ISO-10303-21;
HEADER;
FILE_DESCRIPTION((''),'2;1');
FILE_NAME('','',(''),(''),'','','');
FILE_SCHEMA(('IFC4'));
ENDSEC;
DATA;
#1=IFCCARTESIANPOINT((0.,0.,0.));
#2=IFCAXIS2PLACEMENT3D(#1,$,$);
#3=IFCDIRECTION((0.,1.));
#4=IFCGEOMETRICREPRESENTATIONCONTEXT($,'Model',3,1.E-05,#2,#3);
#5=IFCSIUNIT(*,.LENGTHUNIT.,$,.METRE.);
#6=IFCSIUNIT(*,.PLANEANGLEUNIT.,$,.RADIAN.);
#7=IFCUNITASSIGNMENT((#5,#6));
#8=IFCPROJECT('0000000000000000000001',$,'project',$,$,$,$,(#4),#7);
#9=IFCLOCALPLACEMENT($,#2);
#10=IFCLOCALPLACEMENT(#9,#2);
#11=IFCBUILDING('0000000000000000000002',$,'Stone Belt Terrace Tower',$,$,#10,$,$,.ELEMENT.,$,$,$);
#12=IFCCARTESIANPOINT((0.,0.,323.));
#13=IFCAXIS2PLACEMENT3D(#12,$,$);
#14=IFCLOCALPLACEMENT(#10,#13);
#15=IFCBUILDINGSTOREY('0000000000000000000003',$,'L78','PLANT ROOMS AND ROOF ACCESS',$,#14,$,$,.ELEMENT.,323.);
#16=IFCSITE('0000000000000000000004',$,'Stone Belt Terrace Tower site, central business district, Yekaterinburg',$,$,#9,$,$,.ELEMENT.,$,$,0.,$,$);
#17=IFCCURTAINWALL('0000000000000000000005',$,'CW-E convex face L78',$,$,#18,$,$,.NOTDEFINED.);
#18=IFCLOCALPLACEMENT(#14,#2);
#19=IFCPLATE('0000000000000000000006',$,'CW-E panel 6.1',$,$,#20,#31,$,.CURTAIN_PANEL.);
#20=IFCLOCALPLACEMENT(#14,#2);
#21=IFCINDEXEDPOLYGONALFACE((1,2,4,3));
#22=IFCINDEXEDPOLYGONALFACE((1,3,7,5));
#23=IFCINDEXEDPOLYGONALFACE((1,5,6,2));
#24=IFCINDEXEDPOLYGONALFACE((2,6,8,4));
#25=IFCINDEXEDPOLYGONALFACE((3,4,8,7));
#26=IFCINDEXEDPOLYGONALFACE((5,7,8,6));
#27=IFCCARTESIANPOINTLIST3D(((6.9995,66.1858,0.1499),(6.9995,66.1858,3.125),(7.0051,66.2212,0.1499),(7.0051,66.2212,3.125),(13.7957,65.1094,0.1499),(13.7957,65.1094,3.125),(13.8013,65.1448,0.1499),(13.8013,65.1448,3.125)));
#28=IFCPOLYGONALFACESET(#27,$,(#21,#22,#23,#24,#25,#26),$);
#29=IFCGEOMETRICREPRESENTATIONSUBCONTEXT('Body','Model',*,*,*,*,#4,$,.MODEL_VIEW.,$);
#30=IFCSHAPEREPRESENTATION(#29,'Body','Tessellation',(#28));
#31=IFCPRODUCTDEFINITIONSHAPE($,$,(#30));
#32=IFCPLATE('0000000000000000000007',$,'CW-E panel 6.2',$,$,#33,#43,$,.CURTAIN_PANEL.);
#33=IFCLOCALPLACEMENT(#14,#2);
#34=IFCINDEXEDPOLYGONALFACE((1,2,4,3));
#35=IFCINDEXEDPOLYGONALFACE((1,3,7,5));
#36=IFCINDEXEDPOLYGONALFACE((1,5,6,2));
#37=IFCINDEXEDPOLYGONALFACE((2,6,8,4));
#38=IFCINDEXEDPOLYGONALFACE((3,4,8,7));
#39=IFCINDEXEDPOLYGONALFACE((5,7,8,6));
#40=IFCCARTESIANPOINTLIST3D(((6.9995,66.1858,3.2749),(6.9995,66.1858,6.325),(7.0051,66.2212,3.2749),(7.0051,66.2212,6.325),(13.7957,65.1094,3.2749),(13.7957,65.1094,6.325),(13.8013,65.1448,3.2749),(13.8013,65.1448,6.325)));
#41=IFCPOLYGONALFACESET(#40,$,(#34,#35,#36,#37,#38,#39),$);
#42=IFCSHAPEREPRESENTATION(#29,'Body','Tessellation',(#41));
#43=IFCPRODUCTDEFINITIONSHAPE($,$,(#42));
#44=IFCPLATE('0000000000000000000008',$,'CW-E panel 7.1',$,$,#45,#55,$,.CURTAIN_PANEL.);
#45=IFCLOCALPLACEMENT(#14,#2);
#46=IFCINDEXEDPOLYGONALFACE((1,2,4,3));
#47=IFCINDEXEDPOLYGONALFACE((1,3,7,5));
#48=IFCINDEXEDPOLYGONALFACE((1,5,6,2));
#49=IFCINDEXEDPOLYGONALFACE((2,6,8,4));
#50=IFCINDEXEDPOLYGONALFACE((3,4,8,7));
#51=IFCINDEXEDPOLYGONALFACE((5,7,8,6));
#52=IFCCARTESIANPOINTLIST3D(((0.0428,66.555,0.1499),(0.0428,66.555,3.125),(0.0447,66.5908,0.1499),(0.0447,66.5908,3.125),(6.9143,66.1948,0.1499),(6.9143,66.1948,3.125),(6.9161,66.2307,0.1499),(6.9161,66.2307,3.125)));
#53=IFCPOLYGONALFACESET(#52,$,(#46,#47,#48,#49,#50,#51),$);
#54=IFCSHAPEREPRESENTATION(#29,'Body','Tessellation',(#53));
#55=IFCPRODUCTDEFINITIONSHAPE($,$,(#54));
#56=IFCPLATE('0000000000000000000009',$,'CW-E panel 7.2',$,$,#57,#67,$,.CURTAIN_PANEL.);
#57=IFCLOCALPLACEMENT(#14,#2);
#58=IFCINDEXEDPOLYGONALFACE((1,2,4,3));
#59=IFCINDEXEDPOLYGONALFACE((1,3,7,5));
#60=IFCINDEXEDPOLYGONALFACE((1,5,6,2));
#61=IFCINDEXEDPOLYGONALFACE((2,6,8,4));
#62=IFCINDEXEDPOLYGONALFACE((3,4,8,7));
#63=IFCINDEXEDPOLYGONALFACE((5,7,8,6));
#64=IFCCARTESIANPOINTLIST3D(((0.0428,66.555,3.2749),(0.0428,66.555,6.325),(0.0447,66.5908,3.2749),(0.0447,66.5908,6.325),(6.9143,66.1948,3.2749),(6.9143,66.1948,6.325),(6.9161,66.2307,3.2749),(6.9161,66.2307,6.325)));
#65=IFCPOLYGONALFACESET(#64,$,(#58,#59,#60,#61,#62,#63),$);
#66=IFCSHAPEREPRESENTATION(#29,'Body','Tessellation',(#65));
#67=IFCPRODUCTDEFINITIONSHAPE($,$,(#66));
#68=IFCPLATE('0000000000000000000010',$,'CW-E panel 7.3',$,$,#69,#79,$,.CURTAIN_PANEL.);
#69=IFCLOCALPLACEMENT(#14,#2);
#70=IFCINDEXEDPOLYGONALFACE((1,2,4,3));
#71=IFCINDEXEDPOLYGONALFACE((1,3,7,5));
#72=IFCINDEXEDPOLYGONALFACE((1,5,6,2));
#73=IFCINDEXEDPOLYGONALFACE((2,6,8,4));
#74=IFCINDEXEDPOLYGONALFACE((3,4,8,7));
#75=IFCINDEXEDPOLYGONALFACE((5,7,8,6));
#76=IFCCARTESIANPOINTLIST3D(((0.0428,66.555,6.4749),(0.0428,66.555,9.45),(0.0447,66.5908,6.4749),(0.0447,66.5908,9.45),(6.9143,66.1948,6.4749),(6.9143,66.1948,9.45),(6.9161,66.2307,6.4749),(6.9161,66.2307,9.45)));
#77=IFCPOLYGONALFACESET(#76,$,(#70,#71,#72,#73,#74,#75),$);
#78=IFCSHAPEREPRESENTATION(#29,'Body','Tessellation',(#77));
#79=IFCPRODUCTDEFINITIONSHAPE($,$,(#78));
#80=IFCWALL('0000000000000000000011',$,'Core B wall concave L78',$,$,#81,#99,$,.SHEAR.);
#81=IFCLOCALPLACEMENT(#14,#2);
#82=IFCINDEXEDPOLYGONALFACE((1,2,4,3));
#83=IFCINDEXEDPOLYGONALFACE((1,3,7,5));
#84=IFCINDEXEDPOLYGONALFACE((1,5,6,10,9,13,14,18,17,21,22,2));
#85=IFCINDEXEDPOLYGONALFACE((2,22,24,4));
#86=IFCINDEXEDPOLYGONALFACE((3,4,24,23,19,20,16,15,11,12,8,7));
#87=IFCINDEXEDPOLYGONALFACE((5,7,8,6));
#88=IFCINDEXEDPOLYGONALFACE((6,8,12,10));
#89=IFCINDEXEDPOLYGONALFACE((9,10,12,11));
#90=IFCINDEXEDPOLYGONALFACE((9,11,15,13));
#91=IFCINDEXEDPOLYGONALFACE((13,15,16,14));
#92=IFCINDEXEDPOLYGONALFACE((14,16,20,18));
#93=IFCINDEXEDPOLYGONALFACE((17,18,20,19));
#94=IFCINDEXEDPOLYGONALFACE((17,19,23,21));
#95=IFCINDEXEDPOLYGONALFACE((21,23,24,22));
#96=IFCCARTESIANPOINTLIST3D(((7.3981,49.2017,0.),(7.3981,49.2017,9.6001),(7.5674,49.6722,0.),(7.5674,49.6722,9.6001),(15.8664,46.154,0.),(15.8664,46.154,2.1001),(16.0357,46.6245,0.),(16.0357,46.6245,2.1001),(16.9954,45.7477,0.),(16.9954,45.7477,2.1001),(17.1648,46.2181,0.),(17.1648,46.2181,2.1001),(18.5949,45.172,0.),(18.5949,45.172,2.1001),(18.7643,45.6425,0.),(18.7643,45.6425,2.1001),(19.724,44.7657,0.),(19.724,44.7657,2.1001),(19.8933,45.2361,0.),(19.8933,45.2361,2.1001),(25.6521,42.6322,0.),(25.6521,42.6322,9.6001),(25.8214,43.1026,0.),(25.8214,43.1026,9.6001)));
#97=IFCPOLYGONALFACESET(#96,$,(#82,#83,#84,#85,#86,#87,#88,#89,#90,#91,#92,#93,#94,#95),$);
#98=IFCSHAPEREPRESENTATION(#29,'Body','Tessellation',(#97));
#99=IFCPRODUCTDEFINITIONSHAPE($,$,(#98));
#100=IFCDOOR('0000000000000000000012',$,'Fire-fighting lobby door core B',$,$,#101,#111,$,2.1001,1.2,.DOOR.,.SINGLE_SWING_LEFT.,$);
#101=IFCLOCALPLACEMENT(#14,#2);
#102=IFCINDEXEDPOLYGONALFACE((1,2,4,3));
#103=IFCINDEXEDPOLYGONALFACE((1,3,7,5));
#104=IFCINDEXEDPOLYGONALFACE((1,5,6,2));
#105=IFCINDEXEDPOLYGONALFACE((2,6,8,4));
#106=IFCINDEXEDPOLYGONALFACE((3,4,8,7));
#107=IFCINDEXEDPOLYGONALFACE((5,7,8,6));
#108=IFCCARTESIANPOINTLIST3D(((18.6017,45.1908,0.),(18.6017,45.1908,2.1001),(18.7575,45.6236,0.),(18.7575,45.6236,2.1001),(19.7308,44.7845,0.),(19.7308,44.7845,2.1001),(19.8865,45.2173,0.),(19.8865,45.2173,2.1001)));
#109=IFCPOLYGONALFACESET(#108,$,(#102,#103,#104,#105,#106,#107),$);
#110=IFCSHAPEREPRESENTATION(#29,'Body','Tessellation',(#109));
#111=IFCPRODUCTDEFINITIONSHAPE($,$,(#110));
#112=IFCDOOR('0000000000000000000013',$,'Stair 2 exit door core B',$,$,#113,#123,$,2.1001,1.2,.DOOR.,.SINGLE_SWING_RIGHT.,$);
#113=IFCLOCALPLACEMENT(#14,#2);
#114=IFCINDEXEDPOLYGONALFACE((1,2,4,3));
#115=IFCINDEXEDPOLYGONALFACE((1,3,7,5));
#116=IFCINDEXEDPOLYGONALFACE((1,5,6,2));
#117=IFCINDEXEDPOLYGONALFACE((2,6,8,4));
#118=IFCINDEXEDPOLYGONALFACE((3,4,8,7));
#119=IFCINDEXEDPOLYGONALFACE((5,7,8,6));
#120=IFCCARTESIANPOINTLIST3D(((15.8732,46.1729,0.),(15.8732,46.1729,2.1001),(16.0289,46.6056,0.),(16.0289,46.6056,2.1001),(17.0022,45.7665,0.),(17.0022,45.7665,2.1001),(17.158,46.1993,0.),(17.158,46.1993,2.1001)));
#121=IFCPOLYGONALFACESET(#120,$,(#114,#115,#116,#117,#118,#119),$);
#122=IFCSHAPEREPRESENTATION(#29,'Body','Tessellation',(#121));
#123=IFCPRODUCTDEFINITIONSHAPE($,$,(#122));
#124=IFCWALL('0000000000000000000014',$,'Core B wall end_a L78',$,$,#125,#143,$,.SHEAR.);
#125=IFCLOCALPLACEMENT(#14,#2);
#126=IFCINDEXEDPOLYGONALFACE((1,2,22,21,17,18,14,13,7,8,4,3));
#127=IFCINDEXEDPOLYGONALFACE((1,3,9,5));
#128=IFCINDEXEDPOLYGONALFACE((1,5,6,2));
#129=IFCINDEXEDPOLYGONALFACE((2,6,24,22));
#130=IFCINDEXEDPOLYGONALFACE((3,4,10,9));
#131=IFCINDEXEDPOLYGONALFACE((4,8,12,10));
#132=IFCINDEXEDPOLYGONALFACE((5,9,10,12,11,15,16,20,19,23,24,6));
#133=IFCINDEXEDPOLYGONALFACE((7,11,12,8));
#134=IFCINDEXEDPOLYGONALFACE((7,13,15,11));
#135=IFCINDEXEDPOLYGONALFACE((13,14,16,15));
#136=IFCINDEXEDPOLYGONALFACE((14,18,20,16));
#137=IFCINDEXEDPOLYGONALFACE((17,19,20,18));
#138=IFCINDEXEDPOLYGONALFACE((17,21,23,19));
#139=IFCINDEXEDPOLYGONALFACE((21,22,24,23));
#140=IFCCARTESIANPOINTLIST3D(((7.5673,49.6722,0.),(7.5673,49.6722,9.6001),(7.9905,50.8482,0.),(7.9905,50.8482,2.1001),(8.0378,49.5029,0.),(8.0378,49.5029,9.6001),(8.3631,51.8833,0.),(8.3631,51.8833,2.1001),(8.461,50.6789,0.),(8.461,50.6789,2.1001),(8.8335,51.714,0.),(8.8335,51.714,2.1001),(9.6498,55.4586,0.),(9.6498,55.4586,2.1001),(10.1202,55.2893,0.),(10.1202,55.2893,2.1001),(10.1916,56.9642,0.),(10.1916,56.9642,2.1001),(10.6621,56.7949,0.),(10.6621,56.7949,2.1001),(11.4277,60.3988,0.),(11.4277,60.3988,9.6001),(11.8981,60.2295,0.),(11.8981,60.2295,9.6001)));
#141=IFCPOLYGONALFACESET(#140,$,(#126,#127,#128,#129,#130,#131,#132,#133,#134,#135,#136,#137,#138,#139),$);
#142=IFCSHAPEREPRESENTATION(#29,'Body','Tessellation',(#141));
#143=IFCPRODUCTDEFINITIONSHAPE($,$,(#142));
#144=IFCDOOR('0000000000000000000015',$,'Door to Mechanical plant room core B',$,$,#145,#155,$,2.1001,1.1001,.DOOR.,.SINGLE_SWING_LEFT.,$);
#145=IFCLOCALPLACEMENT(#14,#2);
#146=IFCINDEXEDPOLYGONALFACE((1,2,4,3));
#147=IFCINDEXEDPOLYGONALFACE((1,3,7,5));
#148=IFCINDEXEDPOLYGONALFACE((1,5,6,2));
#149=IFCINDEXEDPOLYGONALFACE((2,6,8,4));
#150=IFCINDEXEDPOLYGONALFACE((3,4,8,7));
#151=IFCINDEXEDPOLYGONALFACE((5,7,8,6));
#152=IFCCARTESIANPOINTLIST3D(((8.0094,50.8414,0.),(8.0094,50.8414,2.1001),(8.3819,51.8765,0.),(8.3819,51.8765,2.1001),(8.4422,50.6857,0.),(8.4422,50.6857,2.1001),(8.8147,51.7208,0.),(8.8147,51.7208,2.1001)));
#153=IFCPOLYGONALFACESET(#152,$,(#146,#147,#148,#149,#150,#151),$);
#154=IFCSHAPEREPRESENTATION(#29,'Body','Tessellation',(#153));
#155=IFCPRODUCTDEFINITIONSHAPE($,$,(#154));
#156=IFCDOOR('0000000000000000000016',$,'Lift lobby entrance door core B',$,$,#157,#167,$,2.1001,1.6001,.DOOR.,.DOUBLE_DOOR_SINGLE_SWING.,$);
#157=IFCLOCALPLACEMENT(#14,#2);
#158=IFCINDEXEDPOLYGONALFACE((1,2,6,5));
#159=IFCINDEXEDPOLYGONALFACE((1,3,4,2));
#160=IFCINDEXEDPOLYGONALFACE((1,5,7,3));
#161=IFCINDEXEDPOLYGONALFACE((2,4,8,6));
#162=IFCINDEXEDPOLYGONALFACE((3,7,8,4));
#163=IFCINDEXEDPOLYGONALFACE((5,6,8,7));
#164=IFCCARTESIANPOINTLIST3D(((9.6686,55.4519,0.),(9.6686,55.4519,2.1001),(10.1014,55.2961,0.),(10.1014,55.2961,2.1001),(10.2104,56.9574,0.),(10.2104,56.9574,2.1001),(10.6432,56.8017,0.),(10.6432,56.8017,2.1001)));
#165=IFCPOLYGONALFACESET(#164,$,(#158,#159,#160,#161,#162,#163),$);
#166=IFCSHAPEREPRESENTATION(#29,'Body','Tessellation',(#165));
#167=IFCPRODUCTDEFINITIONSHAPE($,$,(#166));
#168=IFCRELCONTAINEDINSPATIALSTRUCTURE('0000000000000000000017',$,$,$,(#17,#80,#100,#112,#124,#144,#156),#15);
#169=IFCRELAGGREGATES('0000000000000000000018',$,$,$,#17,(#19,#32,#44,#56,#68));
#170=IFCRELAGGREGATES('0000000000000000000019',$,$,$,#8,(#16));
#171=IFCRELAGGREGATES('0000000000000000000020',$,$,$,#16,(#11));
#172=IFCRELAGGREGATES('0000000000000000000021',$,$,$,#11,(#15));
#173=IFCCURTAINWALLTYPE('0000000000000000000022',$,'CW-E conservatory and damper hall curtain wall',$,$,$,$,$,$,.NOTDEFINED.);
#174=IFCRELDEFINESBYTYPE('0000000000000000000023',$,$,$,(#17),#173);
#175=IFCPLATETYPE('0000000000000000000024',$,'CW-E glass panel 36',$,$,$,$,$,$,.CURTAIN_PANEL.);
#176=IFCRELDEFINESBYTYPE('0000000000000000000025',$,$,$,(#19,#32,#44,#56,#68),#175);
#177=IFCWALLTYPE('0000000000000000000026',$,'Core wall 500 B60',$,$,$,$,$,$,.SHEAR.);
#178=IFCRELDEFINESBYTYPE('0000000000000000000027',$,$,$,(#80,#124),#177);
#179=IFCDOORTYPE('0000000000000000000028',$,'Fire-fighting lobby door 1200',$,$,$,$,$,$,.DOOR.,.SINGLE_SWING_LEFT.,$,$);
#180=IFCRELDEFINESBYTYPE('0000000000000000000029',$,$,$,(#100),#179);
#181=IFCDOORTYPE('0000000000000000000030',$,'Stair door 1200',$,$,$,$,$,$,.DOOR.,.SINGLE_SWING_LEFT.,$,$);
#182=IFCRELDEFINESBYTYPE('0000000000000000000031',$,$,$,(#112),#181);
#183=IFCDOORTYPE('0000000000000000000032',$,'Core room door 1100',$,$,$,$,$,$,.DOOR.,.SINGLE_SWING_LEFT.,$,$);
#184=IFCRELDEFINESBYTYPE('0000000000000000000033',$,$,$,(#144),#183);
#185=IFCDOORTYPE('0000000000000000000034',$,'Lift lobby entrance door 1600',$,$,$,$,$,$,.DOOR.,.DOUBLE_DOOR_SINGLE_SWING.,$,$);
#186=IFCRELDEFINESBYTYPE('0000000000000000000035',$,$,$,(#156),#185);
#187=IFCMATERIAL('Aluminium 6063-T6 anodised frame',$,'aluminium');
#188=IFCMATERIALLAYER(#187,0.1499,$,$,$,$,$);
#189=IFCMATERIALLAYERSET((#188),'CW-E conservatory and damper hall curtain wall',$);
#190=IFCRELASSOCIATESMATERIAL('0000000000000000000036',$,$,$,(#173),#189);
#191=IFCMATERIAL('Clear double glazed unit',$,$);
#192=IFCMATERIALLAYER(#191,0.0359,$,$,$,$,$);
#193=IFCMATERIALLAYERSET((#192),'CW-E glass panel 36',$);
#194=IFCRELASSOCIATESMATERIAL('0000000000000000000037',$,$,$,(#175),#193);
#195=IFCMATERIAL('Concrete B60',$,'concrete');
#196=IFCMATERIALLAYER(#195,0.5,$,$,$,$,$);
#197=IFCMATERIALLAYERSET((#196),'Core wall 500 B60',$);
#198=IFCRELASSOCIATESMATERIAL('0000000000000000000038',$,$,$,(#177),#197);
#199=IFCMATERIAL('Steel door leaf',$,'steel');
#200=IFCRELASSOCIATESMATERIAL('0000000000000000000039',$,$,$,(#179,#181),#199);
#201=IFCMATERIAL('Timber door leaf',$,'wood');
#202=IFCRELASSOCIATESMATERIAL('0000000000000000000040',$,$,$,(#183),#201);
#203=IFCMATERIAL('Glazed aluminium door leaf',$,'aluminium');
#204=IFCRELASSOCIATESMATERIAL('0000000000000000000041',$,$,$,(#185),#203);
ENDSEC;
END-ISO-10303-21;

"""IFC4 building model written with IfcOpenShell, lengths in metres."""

from ifc_helpers import new_model, si_unit, direction, frame, frame_2d, origin, origin_2d, place, context, subcontext, project, spatial, rectangle, extrude, material, layer, layer_set, type_object, element, fill, aggregate, save


model = new_model("IFC4")

# Units and contexts
model_context = context("Model", 3, precision=1e-05, world=origin(), true_north=direction((0.0, 1.0)))
body_context = subcontext(model_context, "Body", "Model", "MODEL_VIEW")
ifc_project = project(units=[si_unit("LENGTHUNIT", "METRE"), si_unit("PLANEANGLEUNIT", "RADIAN")], contexts=[model_context])

# Site, building, storey
site_placement = place(None, origin())
site = spatial("IfcSite", under=ifc_project, at=site_placement, Name="Stone Belt Terrace Tower site, central business district, Yekaterinburg", CompositionType="ELEMENT", RefElevation=0.0)
building_placement = place(site_placement, origin())
building = spatial("IfcBuilding", under=site, at=building_placement, Name="Stone Belt Terrace Tower", CompositionType="ELEMENT")
storey_placement = place(building_placement, frame((0.0, 0.0, 323.0)))
storey = spatial("IfcBuildingStorey", under=building, at=storey_placement, Name="L78", Description="PLANT ROOMS AND ROOF ACCESS", CompositionType="ELEMENT", Elevation=323.0)

# Shared definitions
ifc_material_1 = material(Name="Concrete B60", Category="concrete")

# Curtain wall
ifc_material_2 = material(Name="Aluminium 6063-T6 anodised frame", Category="aluminium")
ifc_layer_1 = layer(ifc_material_2, 0.1499)
ifc_layer_set_1 = layer_set([ifc_layer_1], Name="CW-E conservatory and damper hall curtain wall")
curtain_wall_type = type_object("IfcCurtainWallType", Name="CW-E conservatory and damper hall curtain wall", PredefinedType="NOTDEFINED", material=ifc_layer_set_1)
curtain_wall_placement = place(storey_placement, origin())
curtain_wall = element("IfcCurtainWall", 1, at=curtain_wall_placement, inside=storey, type_object=curtain_wall_type, Name="CW-E convex face L78", PredefinedType="NOTDEFINED")

# Plates
ifc_material_3 = material(Name="Clear double glazed unit")
ifc_layer_2 = layer(ifc_material_3, 0.0359)
ifc_layer_set_2 = layer_set([ifc_layer_2], Name="CW-E glass panel 36")
plate_type = type_object("IfcPlateType", Name="CW-E glass panel 36", PredefinedType="CURTAIN_PANEL", material=ifc_layer_set_2)
plate_1_placement = place(storey_placement, frame((10.4004, 65.6653, 0.1499), z_axis=(0.0, 0.0, 1.0), x_axis=(-0.987688, 0.156434, 0.0)))
plate_1 = element("IfcPlate", 2, at=plate_1_placement, type_object=plate_type, Name="CW-E panel 6.1", PredefinedType="CURTAIN_PANEL", context=body_context, shape_type="SweptSolid", body=[
    extrude(rectangle(XDim=6.8809, YDim=0.0359, at=origin_2d()), origin(), (0.0, 0.0, 1.0), 2.9751),
])
plate_2_placement = place(storey_placement, frame((10.4004, 65.6653, 3.2749), z_axis=(0.0, 0.0, 1.0), x_axis=(-0.987688, 0.156434, 0.0)))
plate_2 = element("IfcPlate", 3, at=plate_2_placement, type_object=plate_type, Name="CW-E panel 6.2", PredefinedType="CURTAIN_PANEL", context=body_context, shape_type="SweptSolid", body=[
    extrude(rectangle(XDim=6.8809, YDim=0.0359, at=origin_2d()), origin(), (0.0, 0.0, 1.0), 3.05),
])
plate_3_placement = place(storey_placement, frame((3.4795, 66.3928, 0.1499), z_axis=(0.0, 0.0, 1.0), x_axis=(-0.99863, 0.052336, 0.0)))
plate_3 = element("IfcPlate", 4, at=plate_3_placement, type_object=plate_type, Name="CW-E panel 7.1", PredefinedType="CURTAIN_PANEL", context=body_context, shape_type="SweptSolid", body=[
    extrude(rectangle(XDim=6.8809, YDim=0.0359, at=origin_2d()), origin(), (0.0, 0.0, 1.0), 2.9751),
])
plate_4_placement = place(storey_placement, frame((3.4795, 66.3928, 3.2749), z_axis=(0.0, 0.0, 1.0), x_axis=(-0.99863, 0.052336, 0.0)))
plate_4 = element("IfcPlate", 5, at=plate_4_placement, type_object=plate_type, Name="CW-E panel 7.2", PredefinedType="CURTAIN_PANEL", context=body_context, shape_type="SweptSolid", body=[
    extrude(rectangle(XDim=6.8809, YDim=0.0359, at=origin_2d()), origin(), (0.0, 0.0, 1.0), 3.05),
])
plate_5_placement = place(storey_placement, frame((3.4795, 66.3928, 6.4749), z_axis=(0.0, 0.0, 1.0), x_axis=(-0.99863, 0.052336, 0.0)))
plate_5 = element("IfcPlate", 6, at=plate_5_placement, type_object=plate_type, Name="CW-E panel 7.3", PredefinedType="CURTAIN_PANEL", context=body_context, shape_type="SweptSolid", body=[
    extrude(rectangle(XDim=6.8809, YDim=0.0359, at=origin_2d()), origin(), (0.0, 0.0, 1.0), 2.9751),
])
aggregate(curtain_wall, [plate_1, plate_2, plate_3, plate_4, plate_5])

# Walls, openings, doors
ifc_layer_3 = layer(ifc_material_1, 0.5)
ifc_layer_set_3 = layer_set([ifc_layer_3], Name="Core wall 500 B60")
wall_type_1 = type_object("IfcWallType", Name="Core wall 500 B60", PredefinedType="SHEAR", material=ifc_layer_set_3)
wall_1_placement = place(storey_placement, frame((7.4827, 49.437, 0.0), z_axis=(0.0, 0.0, 1.0), x_axis=(0.940917, -0.338636, 0.0)))
wall_1 = element("IfcWall", 7, at=wall_1_placement, inside=storey, type_object=wall_type_1, Name="Core B wall concave L78", PredefinedType="SHEAR", context=body_context, shape_type="SweptSolid", body=[
    extrude(rectangle(XDim=19.4001, YDim=0.5, at=frame_2d((9.7002, 0.0))), origin(), (0.0, 0.0, 1.0), 9.6001),
])
opening_1_placement = place(wall_1_placement, frame((11.8999, 0.0, 0.0)))
opening_1 = element("IfcOpeningElement", 8, at=opening_1_placement, cuts=wall_1, PredefinedType="OPENING", context=body_context, shape_type="SweptSolid", body=[
    extrude(rectangle(XDim=1.2, YDim=2.1001, at=frame_2d((0.6001, 1.05))), frame((0.0, 0.26, 0.0), z_axis=(0.0, -1.0, 0.0), x_axis=(1.0, 0.0, 0.0)), (0.0, 0.0, 1.0), 0.52),
])
opening_2_placement = place(wall_1_placement, frame((9.0, 0.0, 0.0)))
opening_2 = element("IfcOpeningElement", 9, at=opening_2_placement, cuts=wall_1, PredefinedType="OPENING", context=body_context, shape_type="SweptSolid", body=[
    extrude(rectangle(XDim=1.2, YDim=2.1001, at=frame_2d((0.6001, 1.05))), frame((0.0, 0.26, 0.0), z_axis=(0.0, -1.0, 0.0), x_axis=(1.0, 0.0, 0.0)), (0.0, 0.0, 1.0), 0.52),
])
ifc_material_4 = material(Name="Steel door leaf", Category="steel")
door_type_1 = type_object("IfcDoorType", Name="Fire-fighting lobby door 1200", OperationType="SINGLE_SWING_LEFT", PredefinedType="DOOR", material=ifc_material_4)
door_1_placement = place(opening_1_placement, origin())
door_1 = element("IfcDoor", 10, at=door_1_placement, inside=storey, type_object=door_type_1, Name="Fire-fighting lobby door core B", OperationType="SINGLE_SWING_LEFT", OverallHeight=2.1001, OverallWidth=1.2, PredefinedType="DOOR", context=body_context, shape_type="SweptSolid", body=[
    extrude(rectangle(XDim=1.2, YDim=2.1001, at=frame_2d((0.6001, 1.05))), frame((0.0, 0.23, 0.0), z_axis=(0.0, -1.0, 0.0), x_axis=(1.0, 0.0, 0.0)), (0.0, 0.0, 1.0), 0.46),
])
fill(opening_1, door_1)
door_type_2 = type_object("IfcDoorType", Name="Stair door 1200", OperationType="SINGLE_SWING_LEFT", PredefinedType="DOOR", material=ifc_material_4)
door_2_placement = place(opening_2_placement, origin())
door_2 = element("IfcDoor", 11, at=door_2_placement, inside=storey, type_object=door_type_2, Name="Stair 2 exit door core B", OperationType="SINGLE_SWING_RIGHT", OverallHeight=2.1001, OverallWidth=1.2, PredefinedType="DOOR", context=body_context, shape_type="SweptSolid", body=[
    extrude(rectangle(XDim=1.2, YDim=2.1001, at=frame_2d((0.6001, 1.05))), frame((0.0, 0.23, 0.0), z_axis=(0.0, -1.0, 0.0), x_axis=(1.0, 0.0, 0.0)), (0.0, 0.0, 1.0), 0.46),
])
fill(opening_2, door_2)
wall_2_placement = place(storey_placement, frame((7.8025, 49.5874, 0.0), z_axis=(0.0, 0.0, 1.0), x_axis=(0.338625, 0.940921, 0.0)))
wall_2 = element("IfcWall", 12, at=wall_2_placement, inside=storey, type_object=wall_type_1, Name="Core B wall end_a L78", PredefinedType="SHEAR", context=body_context, shape_type="SweptSolid", body=[
    extrude(rectangle(XDim=11.4001, YDim=0.5, at=frame_2d((5.7002, 0.0))), origin(), (0.0, 0.0, 1.0), 9.6001),
])
opening_3_placement = place(wall_2_placement, frame((6.1499, 0.0, 0.0)))
opening_3 = element("IfcOpeningElement", 13, at=opening_3_placement, cuts=wall_2, PredefinedType="OPENING", context=body_context, shape_type="SweptSolid", body=[
    extrude(rectangle(XDim=1.6001, YDim=2.1001, at=frame_2d((0.8, 1.05))), frame((0.0, 0.26, 0.0), z_axis=(0.0, -1.0, 0.0), x_axis=(1.0, 0.0, 0.0)), (0.0, 0.0, 1.0), 0.52),
])
opening_4_placement = place(wall_2_placement, frame((1.25, 0.0, 0.0)))
opening_4 = element("IfcOpeningElement", 14, at=opening_4_placement, cuts=wall_2, PredefinedType="OPENING", context=body_context, shape_type="SweptSolid", body=[
    extrude(rectangle(XDim=1.1001, YDim=2.1001, at=frame_2d((0.55, 1.05))), frame((0.0, 0.26, 0.0), z_axis=(0.0, -1.0, 0.0), x_axis=(1.0, 0.0, 0.0)), (0.0, 0.0, 1.0), 0.52),
])
ifc_material_5 = material(Name="Timber door leaf", Category="wood")
door_type_3 = type_object("IfcDoorType", Name="Core room door 1100", OperationType="SINGLE_SWING_LEFT", PredefinedType="DOOR", material=ifc_material_5)
door_3_placement = place(opening_4_placement, origin())
door_3 = element("IfcDoor", 15, at=door_3_placement, inside=storey, type_object=door_type_3, Name="Door to Mechanical plant room core B", OperationType="SINGLE_SWING_LEFT", OverallHeight=2.1001, OverallWidth=1.1001, PredefinedType="DOOR", context=body_context, shape_type="SweptSolid", body=[
    extrude(rectangle(XDim=1.1001, YDim=2.1001, at=frame_2d((0.55, 1.05))), frame((0.0, 0.23, 0.0), z_axis=(0.0, -1.0, 0.0), x_axis=(1.0, 0.0, 0.0)), (0.0, 0.0, 1.0), 0.46),
])
fill(opening_4, door_3)
ifc_material_6 = material(Name="Glazed aluminium door leaf", Category="aluminium")
door_type_4 = type_object("IfcDoorType", Name="Lift lobby entrance door 1600", OperationType="DOUBLE_DOOR_SINGLE_SWING", PredefinedType="DOOR", material=ifc_material_6)
door_4_placement = place(opening_3_placement, origin())
door_4 = element("IfcDoor", 16, at=door_4_placement, inside=storey, type_object=door_type_4, Name="Lift lobby entrance door core B", OperationType="DOUBLE_DOOR_SINGLE_SWING", OverallHeight=2.1001, OverallWidth=1.6001, PredefinedType="DOOR", context=body_context, shape_type="SweptSolid", body=[
    extrude(rectangle(XDim=1.6001, YDim=2.1001, at=frame_2d((0.8, 1.05))), frame((0.0, 0.23, 0.0), z_axis=(0.0, -1.0, 0.0), x_axis=(1.0, 0.0, 0.0)), (0.0, 0.0, 1.0), 0.46),
])
fill(opening_3, door_4)

save(model, "model.ifc")
